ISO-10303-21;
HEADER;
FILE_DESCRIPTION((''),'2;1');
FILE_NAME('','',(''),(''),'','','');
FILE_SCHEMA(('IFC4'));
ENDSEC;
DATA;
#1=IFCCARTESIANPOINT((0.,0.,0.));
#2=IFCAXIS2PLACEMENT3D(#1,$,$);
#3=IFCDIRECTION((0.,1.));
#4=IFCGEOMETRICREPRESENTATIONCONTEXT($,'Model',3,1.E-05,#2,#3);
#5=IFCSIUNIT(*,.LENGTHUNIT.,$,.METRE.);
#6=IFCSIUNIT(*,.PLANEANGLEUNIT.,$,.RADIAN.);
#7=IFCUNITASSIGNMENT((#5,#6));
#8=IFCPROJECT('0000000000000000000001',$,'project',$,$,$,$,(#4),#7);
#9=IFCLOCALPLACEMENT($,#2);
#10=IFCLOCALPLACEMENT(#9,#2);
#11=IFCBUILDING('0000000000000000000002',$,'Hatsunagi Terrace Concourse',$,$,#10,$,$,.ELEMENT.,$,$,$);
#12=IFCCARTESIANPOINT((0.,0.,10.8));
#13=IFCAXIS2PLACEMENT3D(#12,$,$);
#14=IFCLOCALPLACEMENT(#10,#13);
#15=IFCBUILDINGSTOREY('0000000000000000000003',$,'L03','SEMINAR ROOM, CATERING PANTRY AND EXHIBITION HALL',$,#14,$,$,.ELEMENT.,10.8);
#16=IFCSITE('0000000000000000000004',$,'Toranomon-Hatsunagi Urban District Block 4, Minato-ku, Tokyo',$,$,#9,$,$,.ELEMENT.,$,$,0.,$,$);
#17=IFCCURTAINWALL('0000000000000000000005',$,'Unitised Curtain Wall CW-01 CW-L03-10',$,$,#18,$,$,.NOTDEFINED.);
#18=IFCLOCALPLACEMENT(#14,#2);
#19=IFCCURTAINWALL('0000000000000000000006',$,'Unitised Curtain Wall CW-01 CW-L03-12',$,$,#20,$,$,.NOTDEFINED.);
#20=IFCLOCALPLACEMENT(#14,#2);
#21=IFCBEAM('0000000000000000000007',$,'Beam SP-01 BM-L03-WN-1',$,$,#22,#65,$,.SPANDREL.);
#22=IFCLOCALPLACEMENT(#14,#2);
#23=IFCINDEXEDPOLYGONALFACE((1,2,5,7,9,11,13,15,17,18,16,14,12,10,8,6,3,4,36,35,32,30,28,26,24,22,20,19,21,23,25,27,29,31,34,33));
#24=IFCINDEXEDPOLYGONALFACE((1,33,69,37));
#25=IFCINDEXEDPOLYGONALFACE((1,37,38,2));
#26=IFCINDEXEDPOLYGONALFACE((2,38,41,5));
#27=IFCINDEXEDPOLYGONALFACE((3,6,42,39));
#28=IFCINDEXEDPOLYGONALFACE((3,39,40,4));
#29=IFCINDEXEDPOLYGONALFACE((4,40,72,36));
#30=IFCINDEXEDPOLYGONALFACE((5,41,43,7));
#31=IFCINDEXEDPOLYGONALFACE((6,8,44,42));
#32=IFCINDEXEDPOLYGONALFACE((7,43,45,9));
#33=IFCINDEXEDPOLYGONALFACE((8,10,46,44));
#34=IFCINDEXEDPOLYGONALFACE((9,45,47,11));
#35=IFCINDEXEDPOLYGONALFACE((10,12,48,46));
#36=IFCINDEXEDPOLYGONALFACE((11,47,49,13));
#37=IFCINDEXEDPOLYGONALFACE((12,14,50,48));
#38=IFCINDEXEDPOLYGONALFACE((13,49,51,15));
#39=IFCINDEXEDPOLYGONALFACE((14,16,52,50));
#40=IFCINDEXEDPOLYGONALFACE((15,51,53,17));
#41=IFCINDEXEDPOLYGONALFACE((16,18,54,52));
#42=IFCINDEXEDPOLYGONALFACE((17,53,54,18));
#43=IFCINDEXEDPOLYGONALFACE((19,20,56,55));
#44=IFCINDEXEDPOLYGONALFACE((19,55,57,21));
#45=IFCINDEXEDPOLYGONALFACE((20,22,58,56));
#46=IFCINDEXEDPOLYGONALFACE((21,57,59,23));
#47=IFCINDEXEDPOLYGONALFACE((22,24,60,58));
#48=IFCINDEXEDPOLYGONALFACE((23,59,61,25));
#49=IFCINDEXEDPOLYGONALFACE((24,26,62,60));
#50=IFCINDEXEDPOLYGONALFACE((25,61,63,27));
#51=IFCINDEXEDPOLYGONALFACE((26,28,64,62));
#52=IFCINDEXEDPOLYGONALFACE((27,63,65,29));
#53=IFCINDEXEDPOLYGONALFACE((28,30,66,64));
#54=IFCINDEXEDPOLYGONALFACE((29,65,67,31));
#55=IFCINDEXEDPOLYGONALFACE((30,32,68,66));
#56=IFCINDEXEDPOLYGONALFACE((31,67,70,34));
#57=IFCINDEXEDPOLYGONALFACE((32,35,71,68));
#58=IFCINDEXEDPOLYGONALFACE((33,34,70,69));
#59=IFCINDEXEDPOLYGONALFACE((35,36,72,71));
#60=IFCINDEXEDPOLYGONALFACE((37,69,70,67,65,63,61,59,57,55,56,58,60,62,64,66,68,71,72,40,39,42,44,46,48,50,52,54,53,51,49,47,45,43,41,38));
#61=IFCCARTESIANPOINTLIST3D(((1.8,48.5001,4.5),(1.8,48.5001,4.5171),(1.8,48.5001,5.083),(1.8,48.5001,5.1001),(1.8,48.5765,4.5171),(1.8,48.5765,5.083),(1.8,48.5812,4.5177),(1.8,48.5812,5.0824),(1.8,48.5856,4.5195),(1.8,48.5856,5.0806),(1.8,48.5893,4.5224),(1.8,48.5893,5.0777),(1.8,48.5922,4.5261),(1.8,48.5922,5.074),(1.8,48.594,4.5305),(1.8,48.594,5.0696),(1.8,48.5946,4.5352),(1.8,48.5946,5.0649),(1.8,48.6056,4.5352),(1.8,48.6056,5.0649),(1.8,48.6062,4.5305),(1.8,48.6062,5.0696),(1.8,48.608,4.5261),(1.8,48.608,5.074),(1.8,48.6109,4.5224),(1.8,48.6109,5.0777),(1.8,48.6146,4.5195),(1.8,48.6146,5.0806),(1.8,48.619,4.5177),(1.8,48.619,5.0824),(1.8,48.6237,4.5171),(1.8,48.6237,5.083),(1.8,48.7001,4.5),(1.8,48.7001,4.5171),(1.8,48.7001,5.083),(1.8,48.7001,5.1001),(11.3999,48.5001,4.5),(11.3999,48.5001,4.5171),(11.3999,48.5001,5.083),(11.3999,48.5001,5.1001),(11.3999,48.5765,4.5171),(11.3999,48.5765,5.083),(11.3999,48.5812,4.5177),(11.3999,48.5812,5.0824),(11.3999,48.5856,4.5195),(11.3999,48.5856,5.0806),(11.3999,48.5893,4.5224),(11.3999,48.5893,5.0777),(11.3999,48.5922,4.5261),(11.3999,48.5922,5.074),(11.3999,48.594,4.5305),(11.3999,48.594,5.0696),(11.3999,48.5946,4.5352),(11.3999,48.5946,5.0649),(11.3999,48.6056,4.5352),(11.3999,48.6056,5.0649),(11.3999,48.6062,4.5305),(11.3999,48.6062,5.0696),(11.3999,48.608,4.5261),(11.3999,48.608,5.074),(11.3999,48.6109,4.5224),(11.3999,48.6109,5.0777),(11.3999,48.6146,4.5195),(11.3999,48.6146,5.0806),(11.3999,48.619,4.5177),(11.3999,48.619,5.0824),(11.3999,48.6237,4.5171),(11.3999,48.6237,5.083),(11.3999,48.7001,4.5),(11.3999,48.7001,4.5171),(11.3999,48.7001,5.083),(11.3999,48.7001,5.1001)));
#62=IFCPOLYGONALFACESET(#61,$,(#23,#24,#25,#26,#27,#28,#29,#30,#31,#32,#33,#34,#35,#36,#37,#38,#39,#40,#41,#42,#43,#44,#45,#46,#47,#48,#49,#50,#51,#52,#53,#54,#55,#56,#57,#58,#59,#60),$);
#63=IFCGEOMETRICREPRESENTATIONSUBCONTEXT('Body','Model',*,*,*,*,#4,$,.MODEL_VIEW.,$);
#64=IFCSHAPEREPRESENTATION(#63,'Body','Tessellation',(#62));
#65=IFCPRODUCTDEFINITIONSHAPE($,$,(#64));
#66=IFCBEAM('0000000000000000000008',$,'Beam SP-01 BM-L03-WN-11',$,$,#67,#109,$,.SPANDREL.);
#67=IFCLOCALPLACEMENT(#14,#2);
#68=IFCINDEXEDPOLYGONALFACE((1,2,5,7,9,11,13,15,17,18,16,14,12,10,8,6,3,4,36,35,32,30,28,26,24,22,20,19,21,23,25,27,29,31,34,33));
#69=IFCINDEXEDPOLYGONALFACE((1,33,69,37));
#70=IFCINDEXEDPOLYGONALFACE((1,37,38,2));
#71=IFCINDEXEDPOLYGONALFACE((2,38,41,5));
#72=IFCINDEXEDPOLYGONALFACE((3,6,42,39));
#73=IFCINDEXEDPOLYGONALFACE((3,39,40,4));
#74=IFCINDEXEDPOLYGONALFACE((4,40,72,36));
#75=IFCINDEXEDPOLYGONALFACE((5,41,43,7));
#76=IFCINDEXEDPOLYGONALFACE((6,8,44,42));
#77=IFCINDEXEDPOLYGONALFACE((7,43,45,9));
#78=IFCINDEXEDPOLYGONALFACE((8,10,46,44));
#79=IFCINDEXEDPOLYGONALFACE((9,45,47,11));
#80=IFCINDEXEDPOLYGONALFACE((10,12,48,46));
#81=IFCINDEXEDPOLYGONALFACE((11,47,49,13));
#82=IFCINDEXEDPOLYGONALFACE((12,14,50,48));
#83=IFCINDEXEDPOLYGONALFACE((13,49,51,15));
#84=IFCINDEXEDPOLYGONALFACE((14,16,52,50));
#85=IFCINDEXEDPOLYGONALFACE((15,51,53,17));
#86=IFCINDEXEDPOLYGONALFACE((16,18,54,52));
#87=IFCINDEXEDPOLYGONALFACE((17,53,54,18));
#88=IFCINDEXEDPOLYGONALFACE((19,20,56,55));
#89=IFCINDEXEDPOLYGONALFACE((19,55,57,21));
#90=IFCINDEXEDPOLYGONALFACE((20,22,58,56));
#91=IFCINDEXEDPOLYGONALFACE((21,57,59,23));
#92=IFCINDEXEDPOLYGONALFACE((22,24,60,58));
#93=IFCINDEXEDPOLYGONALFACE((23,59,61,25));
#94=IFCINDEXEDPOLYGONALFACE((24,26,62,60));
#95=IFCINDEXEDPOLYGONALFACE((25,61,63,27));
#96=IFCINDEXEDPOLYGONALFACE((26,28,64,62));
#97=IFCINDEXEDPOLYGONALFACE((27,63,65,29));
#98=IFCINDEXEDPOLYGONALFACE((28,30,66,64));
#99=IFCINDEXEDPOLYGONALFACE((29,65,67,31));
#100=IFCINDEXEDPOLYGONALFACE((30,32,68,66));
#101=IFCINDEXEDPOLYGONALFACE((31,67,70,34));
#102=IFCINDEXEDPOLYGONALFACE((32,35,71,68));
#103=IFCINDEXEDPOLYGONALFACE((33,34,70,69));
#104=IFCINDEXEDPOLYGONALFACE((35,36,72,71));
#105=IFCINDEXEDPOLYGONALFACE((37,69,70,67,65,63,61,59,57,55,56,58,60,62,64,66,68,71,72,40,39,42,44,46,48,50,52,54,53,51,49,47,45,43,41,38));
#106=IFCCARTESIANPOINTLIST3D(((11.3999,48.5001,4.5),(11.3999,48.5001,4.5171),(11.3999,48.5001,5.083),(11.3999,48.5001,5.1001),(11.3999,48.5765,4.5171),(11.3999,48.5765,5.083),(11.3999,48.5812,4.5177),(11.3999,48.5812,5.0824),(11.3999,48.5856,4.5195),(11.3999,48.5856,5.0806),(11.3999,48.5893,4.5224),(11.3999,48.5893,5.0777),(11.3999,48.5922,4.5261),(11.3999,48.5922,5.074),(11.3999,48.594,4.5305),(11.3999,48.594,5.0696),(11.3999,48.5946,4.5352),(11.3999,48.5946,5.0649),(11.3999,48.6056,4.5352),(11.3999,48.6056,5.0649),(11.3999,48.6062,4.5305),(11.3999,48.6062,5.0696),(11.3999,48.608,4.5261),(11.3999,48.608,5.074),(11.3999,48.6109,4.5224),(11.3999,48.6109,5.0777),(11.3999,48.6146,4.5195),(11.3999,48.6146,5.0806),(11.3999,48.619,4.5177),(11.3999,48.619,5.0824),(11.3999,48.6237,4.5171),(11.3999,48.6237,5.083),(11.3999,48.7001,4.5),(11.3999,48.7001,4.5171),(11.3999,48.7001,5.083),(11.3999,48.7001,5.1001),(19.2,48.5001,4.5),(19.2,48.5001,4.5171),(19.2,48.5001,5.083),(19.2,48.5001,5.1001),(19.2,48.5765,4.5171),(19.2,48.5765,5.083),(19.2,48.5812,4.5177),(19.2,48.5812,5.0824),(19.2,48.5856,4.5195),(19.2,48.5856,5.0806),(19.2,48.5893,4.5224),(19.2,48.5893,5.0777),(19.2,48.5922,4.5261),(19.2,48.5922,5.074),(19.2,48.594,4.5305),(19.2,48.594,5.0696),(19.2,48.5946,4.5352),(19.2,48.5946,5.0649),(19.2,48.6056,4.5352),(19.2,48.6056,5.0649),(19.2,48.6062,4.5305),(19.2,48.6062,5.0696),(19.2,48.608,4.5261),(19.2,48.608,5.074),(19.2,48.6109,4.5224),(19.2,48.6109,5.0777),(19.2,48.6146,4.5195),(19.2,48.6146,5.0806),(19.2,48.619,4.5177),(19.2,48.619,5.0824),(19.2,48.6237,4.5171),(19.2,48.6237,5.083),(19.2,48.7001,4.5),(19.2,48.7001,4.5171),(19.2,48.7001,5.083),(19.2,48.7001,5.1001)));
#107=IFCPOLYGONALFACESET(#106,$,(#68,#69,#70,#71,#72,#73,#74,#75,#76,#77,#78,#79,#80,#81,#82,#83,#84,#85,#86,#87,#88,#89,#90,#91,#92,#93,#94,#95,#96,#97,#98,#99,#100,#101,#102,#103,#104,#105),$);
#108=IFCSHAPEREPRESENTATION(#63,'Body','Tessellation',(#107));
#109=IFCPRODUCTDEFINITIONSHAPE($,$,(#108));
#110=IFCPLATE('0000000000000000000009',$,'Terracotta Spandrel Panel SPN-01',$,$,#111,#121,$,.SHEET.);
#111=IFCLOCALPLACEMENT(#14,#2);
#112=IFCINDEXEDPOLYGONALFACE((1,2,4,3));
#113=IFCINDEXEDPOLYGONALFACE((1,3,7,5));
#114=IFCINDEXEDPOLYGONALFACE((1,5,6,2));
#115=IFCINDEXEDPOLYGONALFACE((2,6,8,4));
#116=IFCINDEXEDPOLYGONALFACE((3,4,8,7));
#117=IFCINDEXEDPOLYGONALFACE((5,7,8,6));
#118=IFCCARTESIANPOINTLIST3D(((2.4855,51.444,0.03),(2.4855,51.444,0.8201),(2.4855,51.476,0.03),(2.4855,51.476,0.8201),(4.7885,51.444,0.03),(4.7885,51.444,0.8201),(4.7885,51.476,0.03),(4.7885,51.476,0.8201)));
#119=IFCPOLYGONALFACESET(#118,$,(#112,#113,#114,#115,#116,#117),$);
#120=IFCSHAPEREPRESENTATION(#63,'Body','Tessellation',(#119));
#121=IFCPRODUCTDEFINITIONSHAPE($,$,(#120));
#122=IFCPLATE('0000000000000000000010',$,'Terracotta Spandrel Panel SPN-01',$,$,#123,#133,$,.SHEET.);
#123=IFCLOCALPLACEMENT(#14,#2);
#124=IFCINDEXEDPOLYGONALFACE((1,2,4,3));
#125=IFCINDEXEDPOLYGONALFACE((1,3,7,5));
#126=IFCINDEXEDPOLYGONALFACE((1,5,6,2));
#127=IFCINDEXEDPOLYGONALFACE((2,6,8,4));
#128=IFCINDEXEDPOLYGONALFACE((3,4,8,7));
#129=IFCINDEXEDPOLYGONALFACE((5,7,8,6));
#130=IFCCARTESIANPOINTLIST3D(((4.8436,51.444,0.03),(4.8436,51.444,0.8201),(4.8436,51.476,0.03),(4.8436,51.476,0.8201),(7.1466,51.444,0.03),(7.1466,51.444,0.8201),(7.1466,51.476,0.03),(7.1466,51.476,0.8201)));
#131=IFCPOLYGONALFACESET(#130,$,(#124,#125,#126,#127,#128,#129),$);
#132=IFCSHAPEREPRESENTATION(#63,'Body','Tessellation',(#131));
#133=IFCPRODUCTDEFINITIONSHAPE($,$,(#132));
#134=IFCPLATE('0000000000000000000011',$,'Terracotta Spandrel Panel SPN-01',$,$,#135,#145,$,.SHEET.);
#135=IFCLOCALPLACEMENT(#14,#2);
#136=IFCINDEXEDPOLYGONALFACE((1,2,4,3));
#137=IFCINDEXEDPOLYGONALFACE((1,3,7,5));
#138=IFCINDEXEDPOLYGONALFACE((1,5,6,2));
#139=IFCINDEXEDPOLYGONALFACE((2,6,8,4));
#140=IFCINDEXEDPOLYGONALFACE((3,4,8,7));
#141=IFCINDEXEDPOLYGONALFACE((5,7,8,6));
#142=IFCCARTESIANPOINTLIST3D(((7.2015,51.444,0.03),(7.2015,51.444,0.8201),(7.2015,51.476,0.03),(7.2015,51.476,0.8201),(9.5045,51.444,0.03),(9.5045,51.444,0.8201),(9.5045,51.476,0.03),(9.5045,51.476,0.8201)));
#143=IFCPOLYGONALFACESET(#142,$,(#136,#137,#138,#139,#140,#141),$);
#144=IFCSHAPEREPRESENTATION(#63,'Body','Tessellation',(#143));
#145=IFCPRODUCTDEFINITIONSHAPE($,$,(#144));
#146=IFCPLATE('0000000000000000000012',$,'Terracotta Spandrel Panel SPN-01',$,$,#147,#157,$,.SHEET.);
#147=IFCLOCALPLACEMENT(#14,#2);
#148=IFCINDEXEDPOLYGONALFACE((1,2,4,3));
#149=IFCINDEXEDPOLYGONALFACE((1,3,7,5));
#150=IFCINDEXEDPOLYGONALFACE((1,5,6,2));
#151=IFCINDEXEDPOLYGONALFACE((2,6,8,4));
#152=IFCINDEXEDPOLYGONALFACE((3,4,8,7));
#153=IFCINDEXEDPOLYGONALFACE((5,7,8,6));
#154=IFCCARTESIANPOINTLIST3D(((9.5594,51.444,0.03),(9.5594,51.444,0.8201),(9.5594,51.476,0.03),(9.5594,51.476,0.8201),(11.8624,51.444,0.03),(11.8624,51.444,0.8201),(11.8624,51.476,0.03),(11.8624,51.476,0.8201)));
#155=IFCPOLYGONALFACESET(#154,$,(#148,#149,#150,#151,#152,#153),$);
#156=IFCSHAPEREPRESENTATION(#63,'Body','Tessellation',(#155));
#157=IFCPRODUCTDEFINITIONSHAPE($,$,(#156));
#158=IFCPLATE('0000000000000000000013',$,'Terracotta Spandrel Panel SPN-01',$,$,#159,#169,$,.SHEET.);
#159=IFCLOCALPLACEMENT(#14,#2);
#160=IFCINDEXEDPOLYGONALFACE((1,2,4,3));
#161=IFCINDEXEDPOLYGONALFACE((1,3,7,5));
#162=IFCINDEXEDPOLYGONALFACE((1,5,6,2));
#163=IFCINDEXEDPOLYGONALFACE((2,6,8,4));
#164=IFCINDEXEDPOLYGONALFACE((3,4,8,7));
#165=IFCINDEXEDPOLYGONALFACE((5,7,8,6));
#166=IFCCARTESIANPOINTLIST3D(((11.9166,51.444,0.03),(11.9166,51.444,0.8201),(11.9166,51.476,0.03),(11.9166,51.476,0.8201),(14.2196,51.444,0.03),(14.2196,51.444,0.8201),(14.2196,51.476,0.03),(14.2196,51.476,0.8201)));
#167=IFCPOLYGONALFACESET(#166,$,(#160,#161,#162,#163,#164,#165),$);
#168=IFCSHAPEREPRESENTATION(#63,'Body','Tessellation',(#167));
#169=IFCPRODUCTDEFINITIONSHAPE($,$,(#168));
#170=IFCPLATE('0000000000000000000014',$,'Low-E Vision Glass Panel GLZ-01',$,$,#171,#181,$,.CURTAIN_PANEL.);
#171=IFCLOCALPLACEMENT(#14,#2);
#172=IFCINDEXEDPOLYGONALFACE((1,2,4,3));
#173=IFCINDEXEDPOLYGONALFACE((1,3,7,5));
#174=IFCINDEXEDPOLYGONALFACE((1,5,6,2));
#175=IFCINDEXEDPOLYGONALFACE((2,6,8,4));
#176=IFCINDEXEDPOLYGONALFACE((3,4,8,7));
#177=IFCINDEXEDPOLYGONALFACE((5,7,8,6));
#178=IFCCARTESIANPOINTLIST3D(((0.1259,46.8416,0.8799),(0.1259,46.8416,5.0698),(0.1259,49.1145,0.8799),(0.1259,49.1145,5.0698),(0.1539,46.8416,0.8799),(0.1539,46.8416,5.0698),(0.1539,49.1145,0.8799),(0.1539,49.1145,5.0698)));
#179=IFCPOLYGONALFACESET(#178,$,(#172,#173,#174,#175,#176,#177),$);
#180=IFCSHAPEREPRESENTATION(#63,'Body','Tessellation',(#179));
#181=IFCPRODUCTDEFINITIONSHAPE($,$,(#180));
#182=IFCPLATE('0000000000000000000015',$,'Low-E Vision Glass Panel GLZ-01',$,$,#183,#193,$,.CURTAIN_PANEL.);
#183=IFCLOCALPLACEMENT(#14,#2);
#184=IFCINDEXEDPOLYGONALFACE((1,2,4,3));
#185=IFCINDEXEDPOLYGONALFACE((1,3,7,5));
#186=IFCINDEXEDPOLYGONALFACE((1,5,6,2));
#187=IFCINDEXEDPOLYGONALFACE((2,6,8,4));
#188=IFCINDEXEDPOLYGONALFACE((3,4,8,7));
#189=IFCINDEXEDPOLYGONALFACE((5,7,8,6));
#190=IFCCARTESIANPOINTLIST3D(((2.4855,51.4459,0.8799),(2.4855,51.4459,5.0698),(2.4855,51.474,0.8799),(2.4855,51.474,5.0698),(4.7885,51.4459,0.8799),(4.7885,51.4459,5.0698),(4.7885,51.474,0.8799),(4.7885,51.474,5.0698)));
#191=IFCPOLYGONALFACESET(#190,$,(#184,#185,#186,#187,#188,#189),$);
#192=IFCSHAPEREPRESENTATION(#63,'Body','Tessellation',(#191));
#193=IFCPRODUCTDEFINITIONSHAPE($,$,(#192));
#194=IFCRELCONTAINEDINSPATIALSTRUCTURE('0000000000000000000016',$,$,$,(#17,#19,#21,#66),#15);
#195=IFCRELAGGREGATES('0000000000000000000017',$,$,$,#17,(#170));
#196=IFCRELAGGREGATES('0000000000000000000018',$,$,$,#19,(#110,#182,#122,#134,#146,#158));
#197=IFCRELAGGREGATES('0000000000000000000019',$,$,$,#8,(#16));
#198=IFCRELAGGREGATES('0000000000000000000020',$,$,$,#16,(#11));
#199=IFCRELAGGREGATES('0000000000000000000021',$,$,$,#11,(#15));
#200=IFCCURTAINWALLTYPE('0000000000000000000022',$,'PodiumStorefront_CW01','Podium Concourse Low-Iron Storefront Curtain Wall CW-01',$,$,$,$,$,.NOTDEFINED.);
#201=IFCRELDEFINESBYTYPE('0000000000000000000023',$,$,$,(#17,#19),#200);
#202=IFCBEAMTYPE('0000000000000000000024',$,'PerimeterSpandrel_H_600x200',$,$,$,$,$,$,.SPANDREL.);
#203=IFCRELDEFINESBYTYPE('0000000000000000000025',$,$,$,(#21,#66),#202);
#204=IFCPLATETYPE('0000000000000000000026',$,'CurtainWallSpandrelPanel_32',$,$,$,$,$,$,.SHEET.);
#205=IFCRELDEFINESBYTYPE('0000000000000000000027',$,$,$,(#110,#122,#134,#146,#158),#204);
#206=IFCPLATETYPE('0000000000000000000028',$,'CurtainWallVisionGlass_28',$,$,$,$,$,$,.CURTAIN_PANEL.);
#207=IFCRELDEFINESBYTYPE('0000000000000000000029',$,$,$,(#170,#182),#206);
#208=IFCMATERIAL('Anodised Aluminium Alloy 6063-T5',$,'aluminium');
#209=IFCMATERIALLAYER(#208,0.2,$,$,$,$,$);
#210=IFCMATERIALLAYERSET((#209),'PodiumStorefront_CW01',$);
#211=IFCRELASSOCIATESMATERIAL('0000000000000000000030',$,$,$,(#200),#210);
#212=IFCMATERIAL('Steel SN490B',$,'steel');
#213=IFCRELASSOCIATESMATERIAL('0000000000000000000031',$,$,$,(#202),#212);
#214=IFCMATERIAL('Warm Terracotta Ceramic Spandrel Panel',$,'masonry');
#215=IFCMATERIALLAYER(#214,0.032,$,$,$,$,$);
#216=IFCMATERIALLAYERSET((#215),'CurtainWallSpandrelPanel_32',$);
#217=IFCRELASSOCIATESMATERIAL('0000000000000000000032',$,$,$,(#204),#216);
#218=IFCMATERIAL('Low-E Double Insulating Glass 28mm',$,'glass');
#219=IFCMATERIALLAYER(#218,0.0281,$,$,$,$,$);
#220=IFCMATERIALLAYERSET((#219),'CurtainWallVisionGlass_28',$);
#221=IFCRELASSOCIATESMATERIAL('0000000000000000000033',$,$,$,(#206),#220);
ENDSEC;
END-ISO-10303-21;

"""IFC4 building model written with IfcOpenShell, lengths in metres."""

from ifc_helpers import new_model, si_unit, direction, frame, origin, origin_2d, place, context, subcontext, project, spatial, rectangle, i_section, extrude, material, layer, layer_set, material_profile, profile_set, type_object, element, aggregate, save


model = new_model("IFC4")

# Units and contexts
model_context = context("Model", 3, precision=1e-05, world=origin(), true_north=direction((0.0, 1.0)))
body_context = subcontext(model_context, "Body", "Model", "MODEL_VIEW")
ifc_project = project(units=[si_unit("LENGTHUNIT", "METRE"), si_unit("PLANEANGLEUNIT", "RADIAN")], contexts=[model_context])

# Site, building, storey
site_placement = place(None, origin())
site = spatial("IfcSite", under=ifc_project, at=site_placement, Name="Toranomon-Hatsunagi Urban District Block 4, Minato-ku, Tokyo", CompositionType="ELEMENT", RefElevation=0.0)
building_placement = place(site_placement, origin())
building = spatial("IfcBuilding", under=site, at=building_placement, Name="Hatsunagi Terrace Concourse", CompositionType="ELEMENT")
storey_placement = place(building_placement, frame((0.0, 0.0, 10.8)))
storey = spatial("IfcBuildingStorey", under=building, at=storey_placement, Name="L03", Description="SEMINAR ROOM, CATERING PANTRY AND EXHIBITION HALL", CompositionType="ELEMENT", Elevation=10.8)

# Curtain wall
ifc_material_1 = material(Name="Anodised Aluminium Alloy 6063-T5", Category="aluminium")
ifc_layer_1 = layer(ifc_material_1, 0.2)
ifc_layer_set_1 = layer_set([ifc_layer_1], Name="PodiumStorefront_CW01")
curtain_wall_type = type_object("IfcCurtainWallType", Name="PodiumStorefront_CW01", Description="Podium Concourse Low-Iron Storefront Curtain Wall CW-01", PredefinedType="NOTDEFINED", material=ifc_layer_set_1)
curtain_wall_1_placement = place(storey_placement, origin())
curtain_wall_1 = element("IfcCurtainWall", 1, at=curtain_wall_1_placement, inside=storey, type_object=curtain_wall_type, Name="Unitised Curtain Wall CW-01 CW-L03-10", PredefinedType="NOTDEFINED")

# Curtain wall
curtain_wall_2_placement = place(storey_placement, origin())
curtain_wall_2 = element("IfcCurtainWall", 2, at=curtain_wall_2_placement, inside=storey, type_object=curtain_wall_type, Name="Unitised Curtain Wall CW-01 CW-L03-12", PredefinedType="NOTDEFINED")

# Beams
ifc_material_2 = material(Name="Steel SN490B", Category="steel")
ifc_material_profile_1 = material_profile(ifc_material_2, i_section(OverallWidth=0.2, OverallDepth=0.6001, WebThickness=0.011, FlangeThickness=0.0171, FilletRadius=0.0181, at=origin_2d()), Name="H-600x200x11x17")
ifc_profile_set_1 = profile_set([ifc_material_profile_1], Name="Steel SN490B")
beam_type = type_object("IfcBeamType", Name="PerimeterSpandrel_H_600x200", PredefinedType="SPANDREL", material=ifc_profile_set_1)
beam_1_placement = place(storey_placement, frame((1.8, 48.6001, 4.8), z_axis=(1.0, 0.0, 0.0), x_axis=(0.0, 1.0, 0.0)))
element("IfcBeam", 3, at=beam_1_placement, inside=storey, type_object=beam_type, Name="Beam SP-01 BM-L03-WN-1", PredefinedType="SPANDREL", context=body_context, shape_type="SweptSolid", body=[
    extrude(i_section(OverallWidth=0.2, OverallDepth=0.6001, WebThickness=0.011, FlangeThickness=0.0171, FilletRadius=0.0181, at=origin_2d()), origin(), (0.0, 0.0, 1.0), 9.5999),
])
beam_2_placement = place(storey_placement, frame((11.3999, 48.6001, 4.8), z_axis=(1.0, 0.0, 0.0), x_axis=(0.0, 1.0, 0.0)))
element("IfcBeam", 4, at=beam_2_placement, inside=storey, type_object=beam_type, Name="Beam SP-01 BM-L03-WN-11", PredefinedType="SPANDREL", context=body_context, shape_type="SweptSolid", body=[
    extrude(i_section(OverallWidth=0.2, OverallDepth=0.6001, WebThickness=0.011, FlangeThickness=0.0171, FilletRadius=0.0181, at=origin_2d()), origin(), (0.0, 0.0, 1.0), 7.8),
])

# Plates
ifc_material_3 = material(Name="Warm Terracotta Ceramic Spandrel Panel", Category="masonry")
ifc_layer_2 = layer(ifc_material_3, 0.032)
ifc_layer_set_2 = layer_set([ifc_layer_2], Name="CurtainWallSpandrelPanel_32")
plate_type_1 = type_object("IfcPlateType", Name="CurtainWallSpandrelPanel_32", PredefinedType="SHEET", material=ifc_layer_set_2)
plate_1_placement = place(storey_placement, frame((3.637, 51.46, 0.03), z_axis=(0.0, 0.0, 1.0), x_axis=(1.0, 0.0, 0.0)))
plate_1 = element("IfcPlate", 5, at=plate_1_placement, type_object=plate_type_1, Name="Terracotta Spandrel Panel SPN-01", PredefinedType="SHEET", context=body_context, shape_type="SweptSolid", body=[
    extrude(rectangle(XDim=2.303, YDim=0.032, at=origin_2d()), origin(), (0.0, 0.0, 1.0), 0.79),
])
plate_2_placement = place(storey_placement, frame((5.9951, 51.46, 0.03), z_axis=(0.0, 0.0, 1.0), x_axis=(1.0, 0.0, 0.0)))
plate_2 = element("IfcPlate", 6, at=plate_2_placement, type_object=plate_type_1, Name="Terracotta Spandrel Panel SPN-01", PredefinedType="SHEET", context=body_context, shape_type="SweptSolid", body=[
    extrude(rectangle(XDim=2.303, YDim=0.032, at=origin_2d()), origin(), (0.0, 0.0, 1.0), 0.79),
])
plate_3_placement = place(storey_placement, frame((8.353, 51.46, 0.03), z_axis=(0.0, 0.0, 1.0), x_axis=(1.0, 0.0, 0.0)))
plate_3 = element("IfcPlate", 7, at=plate_3_placement, type_object=plate_type_1, Name="Terracotta Spandrel Panel SPN-01", PredefinedType="SHEET", context=body_context, shape_type="SweptSolid", body=[
    extrude(rectangle(XDim=2.303, YDim=0.032, at=origin_2d()), origin(), (0.0, 0.0, 1.0), 0.79),
])
plate_4_placement = place(storey_placement, frame((10.7109, 51.46, 0.03), z_axis=(0.0, 0.0, 1.0), x_axis=(1.0, 0.0, 0.0)))
plate_4 = element("IfcPlate", 8, at=plate_4_placement, type_object=plate_type_1, Name="Terracotta Spandrel Panel SPN-01", PredefinedType="SHEET", context=body_context, shape_type="SweptSolid", body=[
    extrude(rectangle(XDim=2.303, YDim=0.032, at=origin_2d()), origin(), (0.0, 0.0, 1.0), 0.79),
])
plate_5_placement = place(storey_placement, frame((13.0681, 51.46, 0.03), z_axis=(0.0, 0.0, 1.0), x_axis=(1.0, 0.0, 0.0)))
plate_5 = element("IfcPlate", 9, at=plate_5_placement, type_object=plate_type_1, Name="Terracotta Spandrel Panel SPN-01", PredefinedType="SHEET", context=body_context, shape_type="SweptSolid", body=[
    extrude(rectangle(XDim=2.303, YDim=0.032, at=origin_2d()), origin(), (0.0, 0.0, 1.0), 0.79),
])
ifc_material_4 = material(Name="Low-E Double Insulating Glass 28mm", Category="glass")
ifc_layer_3 = layer(ifc_material_4, 0.0281)
ifc_layer_set_3 = layer_set([ifc_layer_3], Name="CurtainWallVisionGlass_28")
plate_type_2 = type_object("IfcPlateType", Name="CurtainWallVisionGlass_28", PredefinedType="CURTAIN_PANEL", material=ifc_layer_set_3)
plate_6_placement = place(storey_placement, frame((0.1399, 47.978, 0.8799), z_axis=(0.0, 0.0, 1.0), x_axis=(0.0, 1.0, 0.0)))
plate_6 = element("IfcPlate", 10, at=plate_6_placement, type_object=plate_type_2, Name="Low-E Vision Glass Panel GLZ-01", PredefinedType="CURTAIN_PANEL", context=body_context, shape_type="SweptSolid", body=[
    extrude(rectangle(XDim=2.2729, YDim=0.0281, at=origin_2d()), origin(), (0.0, 0.0, 1.0), 4.1899),
])
aggregate(curtain_wall_1, [plate_6])
plate_7_placement = place(storey_placement, frame((3.637, 51.46, 0.8799), z_axis=(0.0, 0.0, 1.0), x_axis=(1.0, 0.0, 0.0)))
plate_7 = element("IfcPlate", 11, at=plate_7_placement, type_object=plate_type_2, Name="Low-E Vision Glass Panel GLZ-01", PredefinedType="CURTAIN_PANEL", context=body_context, shape_type="SweptSolid", body=[
    extrude(rectangle(XDim=2.303, YDim=0.0281, at=origin_2d()), origin(), (0.0, 0.0, 1.0), 4.1899),
])
aggregate(curtain_wall_2, [plate_1, plate_7, plate_2, plate_3, plate_4, plate_5])

save(model, "model.ifc")
